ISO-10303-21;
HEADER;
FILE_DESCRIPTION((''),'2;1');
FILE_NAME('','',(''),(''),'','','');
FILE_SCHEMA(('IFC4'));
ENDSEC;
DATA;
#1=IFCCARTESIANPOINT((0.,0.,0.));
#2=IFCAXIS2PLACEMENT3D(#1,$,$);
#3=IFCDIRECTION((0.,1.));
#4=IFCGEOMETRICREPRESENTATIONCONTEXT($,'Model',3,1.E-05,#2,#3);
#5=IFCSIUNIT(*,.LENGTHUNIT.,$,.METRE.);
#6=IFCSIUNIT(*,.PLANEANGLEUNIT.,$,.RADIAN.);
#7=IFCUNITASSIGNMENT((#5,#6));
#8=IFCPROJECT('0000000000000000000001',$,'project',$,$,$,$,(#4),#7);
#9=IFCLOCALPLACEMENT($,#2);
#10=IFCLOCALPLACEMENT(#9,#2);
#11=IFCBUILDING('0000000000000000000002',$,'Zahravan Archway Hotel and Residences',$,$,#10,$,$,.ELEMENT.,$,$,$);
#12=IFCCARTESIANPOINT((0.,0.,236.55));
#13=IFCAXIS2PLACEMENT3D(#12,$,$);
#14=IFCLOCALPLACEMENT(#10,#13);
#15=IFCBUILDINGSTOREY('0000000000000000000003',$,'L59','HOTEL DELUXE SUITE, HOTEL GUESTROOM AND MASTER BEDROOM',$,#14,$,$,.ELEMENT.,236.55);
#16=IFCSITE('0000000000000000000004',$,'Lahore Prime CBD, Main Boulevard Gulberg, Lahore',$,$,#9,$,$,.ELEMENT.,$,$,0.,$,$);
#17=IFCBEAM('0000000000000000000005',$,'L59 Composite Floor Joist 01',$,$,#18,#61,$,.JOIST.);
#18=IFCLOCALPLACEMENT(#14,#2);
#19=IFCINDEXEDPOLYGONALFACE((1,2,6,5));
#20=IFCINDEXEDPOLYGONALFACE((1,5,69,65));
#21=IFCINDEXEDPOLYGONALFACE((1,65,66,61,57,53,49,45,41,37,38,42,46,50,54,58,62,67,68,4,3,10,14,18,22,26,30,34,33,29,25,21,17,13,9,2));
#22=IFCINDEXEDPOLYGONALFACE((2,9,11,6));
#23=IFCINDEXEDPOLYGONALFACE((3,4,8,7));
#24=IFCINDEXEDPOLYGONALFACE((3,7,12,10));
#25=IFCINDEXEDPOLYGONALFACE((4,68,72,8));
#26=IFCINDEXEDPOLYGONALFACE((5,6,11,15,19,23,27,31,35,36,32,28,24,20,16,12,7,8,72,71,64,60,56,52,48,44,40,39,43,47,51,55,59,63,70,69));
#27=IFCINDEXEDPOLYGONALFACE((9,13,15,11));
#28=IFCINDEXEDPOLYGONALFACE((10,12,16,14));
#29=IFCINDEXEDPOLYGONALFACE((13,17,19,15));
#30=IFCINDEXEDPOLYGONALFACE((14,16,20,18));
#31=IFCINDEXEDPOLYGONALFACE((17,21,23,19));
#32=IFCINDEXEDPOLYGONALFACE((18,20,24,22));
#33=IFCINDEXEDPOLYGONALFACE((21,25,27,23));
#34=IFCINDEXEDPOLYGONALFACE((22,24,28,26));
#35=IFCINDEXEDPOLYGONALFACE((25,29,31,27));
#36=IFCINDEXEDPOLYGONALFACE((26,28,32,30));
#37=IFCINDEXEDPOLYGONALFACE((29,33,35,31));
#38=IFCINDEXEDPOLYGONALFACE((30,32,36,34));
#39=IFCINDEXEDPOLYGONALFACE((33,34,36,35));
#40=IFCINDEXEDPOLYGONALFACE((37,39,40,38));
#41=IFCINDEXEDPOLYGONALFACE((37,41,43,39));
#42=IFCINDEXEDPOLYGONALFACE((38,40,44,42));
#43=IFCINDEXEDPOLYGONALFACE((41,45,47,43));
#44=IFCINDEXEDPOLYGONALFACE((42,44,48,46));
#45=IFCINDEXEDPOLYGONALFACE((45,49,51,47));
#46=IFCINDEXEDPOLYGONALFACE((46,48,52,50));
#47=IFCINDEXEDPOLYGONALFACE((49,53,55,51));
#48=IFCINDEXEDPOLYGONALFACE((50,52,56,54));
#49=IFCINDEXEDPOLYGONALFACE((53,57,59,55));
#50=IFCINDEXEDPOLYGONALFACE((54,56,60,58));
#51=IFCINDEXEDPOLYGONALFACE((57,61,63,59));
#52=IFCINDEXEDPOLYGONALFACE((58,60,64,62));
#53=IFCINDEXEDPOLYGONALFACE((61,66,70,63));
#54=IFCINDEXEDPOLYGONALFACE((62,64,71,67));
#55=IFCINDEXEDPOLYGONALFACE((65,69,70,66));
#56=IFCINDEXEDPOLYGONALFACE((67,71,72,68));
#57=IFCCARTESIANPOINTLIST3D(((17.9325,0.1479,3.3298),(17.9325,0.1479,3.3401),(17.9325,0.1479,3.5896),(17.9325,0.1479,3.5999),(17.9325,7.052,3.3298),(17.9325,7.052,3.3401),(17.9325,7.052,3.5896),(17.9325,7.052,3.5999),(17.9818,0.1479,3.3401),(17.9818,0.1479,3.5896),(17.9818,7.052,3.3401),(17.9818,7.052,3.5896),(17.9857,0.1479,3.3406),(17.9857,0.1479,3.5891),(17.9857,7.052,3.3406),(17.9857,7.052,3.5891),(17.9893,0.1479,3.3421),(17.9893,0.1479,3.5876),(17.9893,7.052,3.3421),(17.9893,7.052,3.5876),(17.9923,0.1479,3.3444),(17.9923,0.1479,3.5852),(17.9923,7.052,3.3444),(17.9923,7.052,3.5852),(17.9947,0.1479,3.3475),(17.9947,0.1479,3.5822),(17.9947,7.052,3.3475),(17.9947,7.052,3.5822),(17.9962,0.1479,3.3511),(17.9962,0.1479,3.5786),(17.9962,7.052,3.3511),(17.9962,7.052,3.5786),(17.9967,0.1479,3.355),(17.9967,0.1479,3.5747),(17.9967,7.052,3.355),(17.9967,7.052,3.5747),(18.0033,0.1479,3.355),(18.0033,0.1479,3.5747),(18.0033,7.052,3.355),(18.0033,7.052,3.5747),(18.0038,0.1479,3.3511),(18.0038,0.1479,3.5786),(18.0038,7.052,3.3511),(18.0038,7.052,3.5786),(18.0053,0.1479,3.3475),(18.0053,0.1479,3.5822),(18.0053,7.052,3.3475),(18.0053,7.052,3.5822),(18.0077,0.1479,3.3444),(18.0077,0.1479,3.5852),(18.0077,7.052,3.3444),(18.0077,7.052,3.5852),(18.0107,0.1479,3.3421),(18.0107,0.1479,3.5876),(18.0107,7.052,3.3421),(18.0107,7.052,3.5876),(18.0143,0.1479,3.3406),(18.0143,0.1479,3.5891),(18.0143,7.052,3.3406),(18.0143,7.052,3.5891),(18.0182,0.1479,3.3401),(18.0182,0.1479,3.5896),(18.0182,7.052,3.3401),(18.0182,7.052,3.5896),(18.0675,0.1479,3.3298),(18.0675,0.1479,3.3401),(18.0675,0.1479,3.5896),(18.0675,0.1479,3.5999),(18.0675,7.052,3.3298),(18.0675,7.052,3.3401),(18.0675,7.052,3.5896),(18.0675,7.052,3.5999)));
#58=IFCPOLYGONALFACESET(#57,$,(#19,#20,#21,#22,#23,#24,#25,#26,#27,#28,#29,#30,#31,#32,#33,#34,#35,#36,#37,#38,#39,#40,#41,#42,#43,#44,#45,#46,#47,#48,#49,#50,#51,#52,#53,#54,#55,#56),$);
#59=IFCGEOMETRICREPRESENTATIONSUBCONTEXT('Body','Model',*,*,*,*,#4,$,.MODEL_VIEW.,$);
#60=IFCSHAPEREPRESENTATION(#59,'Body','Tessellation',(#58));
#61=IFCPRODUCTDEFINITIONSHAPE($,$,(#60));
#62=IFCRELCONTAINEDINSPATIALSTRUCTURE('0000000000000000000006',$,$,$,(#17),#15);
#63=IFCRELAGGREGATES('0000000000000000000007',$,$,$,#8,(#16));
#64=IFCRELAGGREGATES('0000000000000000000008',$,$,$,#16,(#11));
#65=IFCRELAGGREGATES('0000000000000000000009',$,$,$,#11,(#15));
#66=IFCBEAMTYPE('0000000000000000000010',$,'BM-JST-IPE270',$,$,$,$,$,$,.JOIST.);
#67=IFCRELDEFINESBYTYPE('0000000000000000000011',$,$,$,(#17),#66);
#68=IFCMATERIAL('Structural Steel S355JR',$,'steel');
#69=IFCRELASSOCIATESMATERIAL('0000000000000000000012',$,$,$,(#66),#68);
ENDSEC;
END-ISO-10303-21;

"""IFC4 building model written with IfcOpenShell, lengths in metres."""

from ifc_helpers import new_model, si_unit, direction, frame, origin, origin_2d, place, context, subcontext, project, spatial, i_section, extrude, source, transform, mapped, material, material_profile, profile_set, type_object, type_shapes, element, save


model = new_model("IFC4")

# Units and contexts
model_context = context("Model", 3, precision=1e-05, world=origin(), true_north=direction((0.0, 1.0)))
body_context = subcontext(model_context, "Body", "Model", "MODEL_VIEW")
ifc_project = project(units=[si_unit("LENGTHUNIT", "METRE"), si_unit("PLANEANGLEUNIT", "RADIAN")], contexts=[model_context])

# Site, building, storey
site_placement = place(None, origin())
site = spatial("IfcSite", under=ifc_project, at=site_placement, Name="Lahore Prime CBD, Main Boulevard Gulberg, Lahore", CompositionType="ELEMENT", RefElevation=0.0)
building_placement = place(site_placement, origin())
building = spatial("IfcBuilding", under=site, at=building_placement, Name="Zahravan Archway Hotel and Residences", CompositionType="ELEMENT")
storey_placement = place(building_placement, frame((0.0, 0.0, 236.55)))
storey = spatial("IfcBuildingStorey", under=building, at=storey_placement, Name="L59", Description="HOTEL DELUXE SUITE, HOTEL GUESTROOM AND MASTER BEDROOM", CompositionType="ELEMENT", Elevation=236.55)

# Beam
ifc_material_1 = material(Name="Structural Steel S355JR", Category="steel")
ifc_material_profile = material_profile(ifc_material_1, i_section(OverallWidth=0.135, OverallDepth=0.27, WebThickness=0.0066, FlangeThickness=0.0103, FilletRadius=0.0149, at=origin_2d()), Name="IPE 270", Category="steel")
ifc_profile_set = profile_set([ifc_material_profile], Name="Structural Steel S355JR")
beam_type = type_object("IfcBeamType", Name="BM-JST-IPE270", PredefinedType="JOIST", material=ifc_profile_set)
shared_shape_1 = source(origin(), body_context, "Body", "SweptSolid", [
    extrude(i_section(OverallWidth=0.135, OverallDepth=0.27, WebThickness=0.0066, FlangeThickness=0.0103, FilletRadius=0.0149, at=origin_2d()), origin(), (0.0, 0.0, 1.0), 6.9041),
])
type_shapes(beam_type, [shared_shape_1])
beam_placement = place(storey_placement, frame((18.0, 0.1479, 3.4648), z_axis=(0.0, 1.0, 0.0), x_axis=(-1.0, 0.0, 0.0)))
element("IfcBeam", 1, at=beam_placement, inside=storey, type_object=beam_type, Name="L59 Composite Floor Joist 01", PredefinedType="JOIST", context=body_context, shape_type="MappedRepresentation", body=[
    mapped(shared_shape_1, transform((0.0, 0.0, 0.0), scale=1.0)),
])

save(model, "model.ifc")
